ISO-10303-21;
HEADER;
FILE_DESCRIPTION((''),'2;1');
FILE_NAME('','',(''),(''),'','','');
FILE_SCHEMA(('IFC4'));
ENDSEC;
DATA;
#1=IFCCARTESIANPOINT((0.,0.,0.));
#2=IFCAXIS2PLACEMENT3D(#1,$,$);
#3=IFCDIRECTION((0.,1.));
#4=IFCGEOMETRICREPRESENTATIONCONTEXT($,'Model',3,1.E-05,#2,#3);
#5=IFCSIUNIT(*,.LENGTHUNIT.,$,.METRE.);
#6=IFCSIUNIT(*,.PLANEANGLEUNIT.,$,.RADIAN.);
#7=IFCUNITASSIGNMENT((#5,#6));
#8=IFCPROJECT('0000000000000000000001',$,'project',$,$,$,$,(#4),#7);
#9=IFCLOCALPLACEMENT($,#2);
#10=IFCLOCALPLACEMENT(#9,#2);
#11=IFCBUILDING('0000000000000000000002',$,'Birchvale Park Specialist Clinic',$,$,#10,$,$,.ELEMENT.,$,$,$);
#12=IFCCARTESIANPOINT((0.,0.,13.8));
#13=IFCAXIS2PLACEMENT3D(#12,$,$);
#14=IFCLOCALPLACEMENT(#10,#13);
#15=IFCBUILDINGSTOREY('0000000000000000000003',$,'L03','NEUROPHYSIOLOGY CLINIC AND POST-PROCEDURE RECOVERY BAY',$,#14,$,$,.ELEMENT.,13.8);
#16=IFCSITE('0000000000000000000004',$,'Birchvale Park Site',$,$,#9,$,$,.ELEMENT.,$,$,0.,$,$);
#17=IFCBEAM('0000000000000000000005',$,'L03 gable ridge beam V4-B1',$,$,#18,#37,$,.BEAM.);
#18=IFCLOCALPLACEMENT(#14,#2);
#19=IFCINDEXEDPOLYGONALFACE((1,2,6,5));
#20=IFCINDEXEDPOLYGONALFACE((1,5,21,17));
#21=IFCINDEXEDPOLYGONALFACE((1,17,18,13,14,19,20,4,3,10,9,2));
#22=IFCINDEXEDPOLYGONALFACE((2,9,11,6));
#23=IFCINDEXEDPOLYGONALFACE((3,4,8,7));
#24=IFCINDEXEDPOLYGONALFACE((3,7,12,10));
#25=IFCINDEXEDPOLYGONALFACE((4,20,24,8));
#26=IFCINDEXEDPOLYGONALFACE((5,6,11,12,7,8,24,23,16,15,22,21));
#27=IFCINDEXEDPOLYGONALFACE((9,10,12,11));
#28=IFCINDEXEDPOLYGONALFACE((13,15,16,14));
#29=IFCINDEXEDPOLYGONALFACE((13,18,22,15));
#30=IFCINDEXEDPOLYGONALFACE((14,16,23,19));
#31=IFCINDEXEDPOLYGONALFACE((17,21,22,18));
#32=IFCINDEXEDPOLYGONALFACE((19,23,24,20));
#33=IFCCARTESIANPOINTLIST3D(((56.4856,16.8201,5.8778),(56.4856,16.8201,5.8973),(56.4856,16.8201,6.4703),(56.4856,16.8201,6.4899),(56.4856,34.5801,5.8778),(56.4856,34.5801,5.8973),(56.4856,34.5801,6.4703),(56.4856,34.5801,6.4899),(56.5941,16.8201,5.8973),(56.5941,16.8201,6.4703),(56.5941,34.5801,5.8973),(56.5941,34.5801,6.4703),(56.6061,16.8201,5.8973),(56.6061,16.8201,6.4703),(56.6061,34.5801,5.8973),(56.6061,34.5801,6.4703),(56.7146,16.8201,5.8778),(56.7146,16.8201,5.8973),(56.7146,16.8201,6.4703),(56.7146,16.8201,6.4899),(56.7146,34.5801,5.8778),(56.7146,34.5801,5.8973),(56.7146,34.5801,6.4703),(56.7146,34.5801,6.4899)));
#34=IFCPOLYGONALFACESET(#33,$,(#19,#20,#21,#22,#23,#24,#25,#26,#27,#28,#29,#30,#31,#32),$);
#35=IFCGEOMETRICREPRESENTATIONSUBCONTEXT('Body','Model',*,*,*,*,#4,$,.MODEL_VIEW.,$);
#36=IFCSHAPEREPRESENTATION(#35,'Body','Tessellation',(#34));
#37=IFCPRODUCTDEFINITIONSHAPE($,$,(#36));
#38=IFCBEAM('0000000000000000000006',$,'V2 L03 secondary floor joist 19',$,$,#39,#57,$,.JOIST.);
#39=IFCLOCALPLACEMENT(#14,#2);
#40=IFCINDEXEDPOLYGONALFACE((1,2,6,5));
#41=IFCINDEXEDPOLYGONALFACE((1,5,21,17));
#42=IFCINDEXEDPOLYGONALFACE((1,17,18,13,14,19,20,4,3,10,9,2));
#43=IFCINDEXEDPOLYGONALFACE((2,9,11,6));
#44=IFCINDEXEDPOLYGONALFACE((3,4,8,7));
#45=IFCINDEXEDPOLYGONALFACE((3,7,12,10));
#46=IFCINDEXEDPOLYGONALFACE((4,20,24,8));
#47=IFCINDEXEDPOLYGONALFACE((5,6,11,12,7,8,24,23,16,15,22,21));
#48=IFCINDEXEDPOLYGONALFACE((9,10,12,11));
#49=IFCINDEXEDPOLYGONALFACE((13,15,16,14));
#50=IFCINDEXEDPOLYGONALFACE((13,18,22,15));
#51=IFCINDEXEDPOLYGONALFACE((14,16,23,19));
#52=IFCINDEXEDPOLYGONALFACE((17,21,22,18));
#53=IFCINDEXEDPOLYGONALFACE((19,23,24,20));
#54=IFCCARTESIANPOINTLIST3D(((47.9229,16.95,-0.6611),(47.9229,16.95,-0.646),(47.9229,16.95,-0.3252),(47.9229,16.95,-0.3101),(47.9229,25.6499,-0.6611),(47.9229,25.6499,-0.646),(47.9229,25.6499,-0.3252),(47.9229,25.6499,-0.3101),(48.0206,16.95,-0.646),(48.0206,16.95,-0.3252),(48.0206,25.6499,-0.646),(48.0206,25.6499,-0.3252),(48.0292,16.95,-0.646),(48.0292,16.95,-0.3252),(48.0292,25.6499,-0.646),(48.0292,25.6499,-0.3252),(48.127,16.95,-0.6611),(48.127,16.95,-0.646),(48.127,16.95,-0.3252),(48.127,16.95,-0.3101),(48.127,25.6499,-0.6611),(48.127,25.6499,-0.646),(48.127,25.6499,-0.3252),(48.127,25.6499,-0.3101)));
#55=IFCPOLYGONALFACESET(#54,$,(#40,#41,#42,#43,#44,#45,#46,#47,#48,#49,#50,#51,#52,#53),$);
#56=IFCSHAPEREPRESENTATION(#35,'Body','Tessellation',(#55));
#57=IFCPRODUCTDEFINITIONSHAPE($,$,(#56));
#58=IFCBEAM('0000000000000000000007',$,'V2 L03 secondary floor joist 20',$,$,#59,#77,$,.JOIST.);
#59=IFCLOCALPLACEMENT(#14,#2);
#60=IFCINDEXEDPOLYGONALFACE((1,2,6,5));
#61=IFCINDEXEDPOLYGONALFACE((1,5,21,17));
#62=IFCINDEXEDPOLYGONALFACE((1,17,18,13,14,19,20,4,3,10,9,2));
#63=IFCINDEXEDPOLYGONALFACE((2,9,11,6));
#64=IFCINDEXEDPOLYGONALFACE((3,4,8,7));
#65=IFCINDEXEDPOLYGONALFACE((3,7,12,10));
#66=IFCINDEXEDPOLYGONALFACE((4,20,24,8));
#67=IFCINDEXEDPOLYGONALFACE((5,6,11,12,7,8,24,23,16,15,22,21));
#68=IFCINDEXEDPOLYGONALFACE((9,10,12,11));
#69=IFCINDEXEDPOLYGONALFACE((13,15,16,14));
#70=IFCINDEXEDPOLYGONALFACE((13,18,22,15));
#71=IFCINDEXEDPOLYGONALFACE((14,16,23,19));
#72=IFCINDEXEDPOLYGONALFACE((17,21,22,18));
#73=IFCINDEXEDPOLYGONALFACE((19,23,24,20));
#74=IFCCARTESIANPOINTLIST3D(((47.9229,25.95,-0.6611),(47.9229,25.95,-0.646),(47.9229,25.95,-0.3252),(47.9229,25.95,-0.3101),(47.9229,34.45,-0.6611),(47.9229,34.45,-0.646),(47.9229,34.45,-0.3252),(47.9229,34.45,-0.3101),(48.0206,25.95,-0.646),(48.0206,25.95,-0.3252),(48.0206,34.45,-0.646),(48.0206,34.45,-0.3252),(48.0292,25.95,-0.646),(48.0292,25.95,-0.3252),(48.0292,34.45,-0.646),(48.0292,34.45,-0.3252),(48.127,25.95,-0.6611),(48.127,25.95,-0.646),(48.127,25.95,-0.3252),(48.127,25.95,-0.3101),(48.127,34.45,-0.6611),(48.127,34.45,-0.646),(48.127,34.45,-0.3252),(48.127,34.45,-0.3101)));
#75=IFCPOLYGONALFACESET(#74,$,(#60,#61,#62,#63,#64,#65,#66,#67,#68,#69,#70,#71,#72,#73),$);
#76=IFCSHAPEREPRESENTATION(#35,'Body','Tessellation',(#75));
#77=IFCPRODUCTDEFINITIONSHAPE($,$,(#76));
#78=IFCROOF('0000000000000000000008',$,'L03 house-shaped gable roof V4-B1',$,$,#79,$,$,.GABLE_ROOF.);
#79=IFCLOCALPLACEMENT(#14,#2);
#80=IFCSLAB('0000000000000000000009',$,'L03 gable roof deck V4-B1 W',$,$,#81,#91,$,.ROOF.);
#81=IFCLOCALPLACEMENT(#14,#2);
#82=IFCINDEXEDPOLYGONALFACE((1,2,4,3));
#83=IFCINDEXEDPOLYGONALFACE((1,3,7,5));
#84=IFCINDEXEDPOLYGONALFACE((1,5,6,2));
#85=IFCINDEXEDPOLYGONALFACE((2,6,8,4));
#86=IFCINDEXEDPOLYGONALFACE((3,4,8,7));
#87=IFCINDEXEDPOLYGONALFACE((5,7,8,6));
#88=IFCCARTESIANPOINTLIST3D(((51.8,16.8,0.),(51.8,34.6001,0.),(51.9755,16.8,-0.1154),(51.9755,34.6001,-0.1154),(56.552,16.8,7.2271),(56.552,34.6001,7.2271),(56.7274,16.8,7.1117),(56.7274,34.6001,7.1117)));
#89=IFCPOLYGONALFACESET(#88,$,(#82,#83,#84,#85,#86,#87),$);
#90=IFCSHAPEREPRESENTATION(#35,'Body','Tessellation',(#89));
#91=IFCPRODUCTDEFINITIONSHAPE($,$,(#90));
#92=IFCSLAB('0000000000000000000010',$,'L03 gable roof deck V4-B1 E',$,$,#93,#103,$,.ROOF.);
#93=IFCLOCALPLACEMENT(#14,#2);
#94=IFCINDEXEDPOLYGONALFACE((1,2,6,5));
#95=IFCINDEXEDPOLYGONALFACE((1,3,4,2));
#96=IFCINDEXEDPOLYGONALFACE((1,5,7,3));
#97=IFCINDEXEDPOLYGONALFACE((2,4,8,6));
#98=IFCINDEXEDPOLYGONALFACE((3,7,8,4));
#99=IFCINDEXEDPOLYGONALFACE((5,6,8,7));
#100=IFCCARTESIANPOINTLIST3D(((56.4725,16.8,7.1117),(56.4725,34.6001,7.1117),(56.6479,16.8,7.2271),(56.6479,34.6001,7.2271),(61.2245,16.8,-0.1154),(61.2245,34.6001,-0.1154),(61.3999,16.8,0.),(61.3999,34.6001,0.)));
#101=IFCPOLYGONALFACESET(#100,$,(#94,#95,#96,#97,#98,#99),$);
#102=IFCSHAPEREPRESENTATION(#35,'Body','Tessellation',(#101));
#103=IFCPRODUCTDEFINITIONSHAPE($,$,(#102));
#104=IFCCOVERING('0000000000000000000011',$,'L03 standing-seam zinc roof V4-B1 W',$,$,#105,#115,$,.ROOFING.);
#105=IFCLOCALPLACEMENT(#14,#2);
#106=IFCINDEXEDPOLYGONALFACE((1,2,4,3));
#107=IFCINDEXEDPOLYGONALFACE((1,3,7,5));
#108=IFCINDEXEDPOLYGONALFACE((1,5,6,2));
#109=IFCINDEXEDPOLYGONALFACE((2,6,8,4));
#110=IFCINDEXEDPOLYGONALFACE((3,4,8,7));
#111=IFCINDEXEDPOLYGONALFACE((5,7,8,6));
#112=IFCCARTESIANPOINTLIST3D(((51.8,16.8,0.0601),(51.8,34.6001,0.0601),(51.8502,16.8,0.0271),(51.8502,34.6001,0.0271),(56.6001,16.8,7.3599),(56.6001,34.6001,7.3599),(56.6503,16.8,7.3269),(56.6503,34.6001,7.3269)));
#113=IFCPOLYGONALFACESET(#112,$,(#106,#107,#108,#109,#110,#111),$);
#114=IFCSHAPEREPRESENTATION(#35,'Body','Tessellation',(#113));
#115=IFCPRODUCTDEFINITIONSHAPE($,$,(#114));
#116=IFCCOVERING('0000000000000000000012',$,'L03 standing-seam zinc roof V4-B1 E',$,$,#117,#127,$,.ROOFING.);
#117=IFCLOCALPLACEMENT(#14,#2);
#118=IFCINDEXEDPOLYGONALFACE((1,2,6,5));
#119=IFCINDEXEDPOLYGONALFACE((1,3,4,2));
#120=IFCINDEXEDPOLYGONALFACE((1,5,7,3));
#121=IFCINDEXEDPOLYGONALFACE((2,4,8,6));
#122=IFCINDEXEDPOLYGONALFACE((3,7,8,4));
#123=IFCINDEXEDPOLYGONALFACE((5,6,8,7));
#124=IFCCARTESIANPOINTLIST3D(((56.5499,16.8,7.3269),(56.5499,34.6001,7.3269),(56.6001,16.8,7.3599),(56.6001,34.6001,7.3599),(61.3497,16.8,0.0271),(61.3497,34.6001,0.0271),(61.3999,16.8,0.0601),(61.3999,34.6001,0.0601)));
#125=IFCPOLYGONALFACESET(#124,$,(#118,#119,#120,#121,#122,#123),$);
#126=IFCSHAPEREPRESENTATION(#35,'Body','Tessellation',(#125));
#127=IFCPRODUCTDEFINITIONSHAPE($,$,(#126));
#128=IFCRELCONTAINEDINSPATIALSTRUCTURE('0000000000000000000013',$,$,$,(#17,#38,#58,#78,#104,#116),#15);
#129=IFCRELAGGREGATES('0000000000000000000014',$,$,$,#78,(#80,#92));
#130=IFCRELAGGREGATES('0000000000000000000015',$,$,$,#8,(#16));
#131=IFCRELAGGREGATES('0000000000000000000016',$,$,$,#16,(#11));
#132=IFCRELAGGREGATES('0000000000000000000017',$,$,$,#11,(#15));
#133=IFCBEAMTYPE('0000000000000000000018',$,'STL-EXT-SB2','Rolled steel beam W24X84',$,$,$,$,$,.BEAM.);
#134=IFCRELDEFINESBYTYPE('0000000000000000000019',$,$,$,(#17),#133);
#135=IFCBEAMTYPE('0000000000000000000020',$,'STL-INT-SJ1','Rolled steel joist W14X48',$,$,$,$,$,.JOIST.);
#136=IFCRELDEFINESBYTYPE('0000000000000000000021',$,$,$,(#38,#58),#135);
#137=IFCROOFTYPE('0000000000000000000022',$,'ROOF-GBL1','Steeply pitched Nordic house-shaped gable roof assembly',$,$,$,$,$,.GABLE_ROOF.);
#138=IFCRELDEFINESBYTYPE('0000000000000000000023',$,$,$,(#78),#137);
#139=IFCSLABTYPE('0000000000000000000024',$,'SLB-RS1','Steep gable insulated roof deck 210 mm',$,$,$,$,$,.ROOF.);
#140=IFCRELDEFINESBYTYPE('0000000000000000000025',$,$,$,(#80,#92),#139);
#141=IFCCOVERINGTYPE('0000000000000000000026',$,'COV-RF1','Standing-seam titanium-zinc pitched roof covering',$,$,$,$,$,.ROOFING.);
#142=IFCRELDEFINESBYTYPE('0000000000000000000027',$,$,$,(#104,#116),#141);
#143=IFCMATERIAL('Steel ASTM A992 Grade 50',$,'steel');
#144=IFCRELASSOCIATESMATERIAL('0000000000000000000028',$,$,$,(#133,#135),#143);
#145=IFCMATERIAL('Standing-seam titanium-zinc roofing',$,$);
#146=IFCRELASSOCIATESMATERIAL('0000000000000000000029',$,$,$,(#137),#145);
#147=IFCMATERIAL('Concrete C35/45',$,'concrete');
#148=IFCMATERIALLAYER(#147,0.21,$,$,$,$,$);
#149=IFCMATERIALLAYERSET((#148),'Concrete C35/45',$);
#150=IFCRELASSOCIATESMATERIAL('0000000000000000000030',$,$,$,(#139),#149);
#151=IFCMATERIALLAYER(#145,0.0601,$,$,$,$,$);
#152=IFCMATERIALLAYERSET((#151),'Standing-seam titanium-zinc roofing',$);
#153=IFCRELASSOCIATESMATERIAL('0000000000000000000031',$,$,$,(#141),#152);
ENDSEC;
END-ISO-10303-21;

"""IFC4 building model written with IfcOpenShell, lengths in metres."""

from ifc_helpers import new_model, si_unit, direction, frame, origin, origin_2d, place, context, subcontext, project, spatial, polyline, i_section, outline, extrude, material, layer, layer_set, material_profile, profile_set, type_object, element, aggregate, save


model = new_model("IFC4")

# Units and contexts
model_context = context("Model", 3, precision=1e-05, world=origin(), true_north=direction((0.0, 1.0)))
body_context = subcontext(model_context, "Body", "Model", "MODEL_VIEW")
ifc_project = project(units=[si_unit("LENGTHUNIT", "METRE"), si_unit("PLANEANGLEUNIT", "RADIAN")], contexts=[model_context])

# Site, building, storey
site_placement = place(None, origin())
site = spatial("IfcSite", under=ifc_project, at=site_placement, Name="Birchvale Park Site", CompositionType="ELEMENT", RefElevation=0.0)
building_placement = place(site_placement, origin())
building = spatial("IfcBuilding", under=site, at=building_placement, Name="Birchvale Park Specialist Clinic", CompositionType="ELEMENT")
storey_placement = place(building_placement, frame((0.0, 0.0, 13.8)))
storey = spatial("IfcBuildingStorey", under=building, at=storey_placement, Name="L03", Description="NEUROPHYSIOLOGY CLINIC AND POST-PROCEDURE RECOVERY BAY", CompositionType="ELEMENT", Elevation=13.8)

# Beams
ifc_material_1 = material(Name="Steel ASTM A992 Grade 50", Category="steel")
ifc_material_profile_1 = material_profile(ifc_material_1, i_section(OverallWidth=0.229, OverallDepth=0.6121, WebThickness=0.012, FlangeThickness=0.0195, at=origin_2d()), Name="W24X84")
ifc_profile_set_1 = profile_set([ifc_material_profile_1], Name="Steel ASTM A992 Grade 50")
beam_type_1 = type_object("IfcBeamType", Name="STL-EXT-SB2", Description="Rolled steel beam W24X84", PredefinedType="BEAM", material=ifc_profile_set_1)
beam_1_placement = place(storey_placement, frame((56.6001, 16.8201, 6.1838), z_axis=(0.0, 1.0, 0.0), x_axis=(-1.0, 0.0, 0.0)))
element("IfcBeam", 1, at=beam_1_placement, inside=storey, type_object=beam_type_1, Name="L03 gable ridge beam V4-B1", PredefinedType="BEAM", context=body_context, shape_type="SweptSolid", body=[
    extrude(i_section(OverallWidth=0.229, OverallDepth=0.6121, WebThickness=0.012, FlangeThickness=0.0195, at=origin_2d()), origin(), (0.0, 0.0, 1.0), 17.76),
])
ifc_material_profile_2 = material_profile(ifc_material_1, i_section(OverallWidth=0.2041, OverallDepth=0.3511, WebThickness=0.0085, FlangeThickness=0.0151, at=origin_2d()), Name="W14X48")
ifc_profile_set_2 = profile_set([ifc_material_profile_2], Name="Steel ASTM A992 Grade 50")
beam_type_2 = type_object("IfcBeamType", Name="STL-INT-SJ1", Description="Rolled steel joist W14X48", PredefinedType="JOIST", material=ifc_profile_set_2)
beam_2_placement = place(storey_placement, frame((48.0249, 16.95, -0.4856), z_axis=(0.0, 1.0, 0.0), x_axis=(-1.0, 0.0, 0.0)))
element("IfcBeam", 2, at=beam_2_placement, inside=storey, type_object=beam_type_2, Name="V2 L03 secondary floor joist 19", PredefinedType="JOIST", context=body_context, shape_type="SweptSolid", body=[
    extrude(i_section(OverallWidth=0.2041, OverallDepth=0.3511, WebThickness=0.0085, FlangeThickness=0.0151, at=origin_2d()), origin(), (0.0, 0.0, 1.0), 8.7),
])
beam_3_placement = place(storey_placement, frame((48.0249, 25.95, -0.4856), z_axis=(0.0, 1.0, 0.0), x_axis=(-1.0, 0.0, 0.0)))
element("IfcBeam", 3, at=beam_3_placement, inside=storey, type_object=beam_type_2, Name="V2 L03 secondary floor joist 20", PredefinedType="JOIST", context=body_context, shape_type="SweptSolid", body=[
    extrude(i_section(OverallWidth=0.2041, OverallDepth=0.3511, WebThickness=0.0085, FlangeThickness=0.0151, at=origin_2d()), origin(), (0.0, 0.0, 1.0), 8.5),
])

# Roof, slabs
ifc_material_2 = material(Name="Standing-seam titanium-zinc roofing")
roof_type = type_object("IfcRoofType", Name="ROOF-GBL1", Description="Steeply pitched Nordic house-shaped gable roof assembly", PredefinedType="GABLE_ROOF", material=ifc_material_2)
roof_placement = place(storey_placement, origin())
roof = element("IfcRoof", 4, at=roof_placement, inside=storey, type_object=roof_type, Name="L03 house-shaped gable roof V4-B1", PredefinedType="GABLE_ROOF")
ifc_material_3 = material(Name="Concrete C35/45", Category="concrete")
ifc_layer_1 = layer(ifc_material_3, 0.21)
ifc_layer_set_1 = layer_set([ifc_layer_1], Name="Concrete C35/45")
slab_type = type_object("IfcSlabType", Name="SLB-RS1", Description="Steep gable insulated roof deck 210 mm", PredefinedType="ROOF", material=ifc_layer_set_1)
slab_1_placement = place(storey_placement, frame((51.8, 16.8, 0.0), z_axis=(-0.83556, 0.0, 0.5494), x_axis=(0.5494, 0.0, 0.83556)))
slab_1 = element("IfcSlab", 5, at=slab_1_placement, type_object=slab_type, Name="L03 gable roof deck V4-B1 W", PredefinedType="ROOF", context=body_context, shape_type="SweptSolid", body=[
    extrude(outline(polyline([(0.0, 0.0), (8.6494, 0.0), (8.6494, 17.8), (0.0, 17.8), (0.0, 0.0)])), origin(), (0.0, 0.0, -1.0), 0.21),
])
slab_2_placement = place(storey_placement, frame((56.6479, 16.8, 7.2271), z_axis=(0.83556, 0.0, 0.5494), x_axis=(0.5494, 0.0, -0.83556)))
slab_2 = element("IfcSlab", 6, at=slab_2_placement, type_object=slab_type, Name="L03 gable roof deck V4-B1 E", PredefinedType="ROOF", context=body_context, shape_type="SweptSolid", body=[
    extrude(outline(polyline([(0.0, 0.0), (8.6494, 0.0), (8.6494, 17.8), (0.0, 17.8), (0.0, 0.0)])), origin(), (0.0, 0.0, -1.0), 0.21),
])
aggregate(roof, [slab_1, slab_2])

# Coverings
ifc_layer_2 = layer(ifc_material_2, 0.0601)
ifc_layer_set_2 = layer_set([ifc_layer_2], Name="Standing-seam titanium-zinc roofing")
covering_type = type_object("IfcCoveringType", Name="COV-RF1", Description="Standing-seam titanium-zinc pitched roof covering", PredefinedType="ROOFING", material=ifc_layer_set_2)
covering_1_placement = place(storey_placement, frame((51.8, 16.8, 0.0601), z_axis=(-0.835546, 0.0, 0.54942), x_axis=(0.54942, 0.0, 0.835546)))
element("IfcCovering", 7, at=covering_1_placement, inside=storey, type_object=covering_type, Name="L03 standing-seam zinc roof V4-B1 W", PredefinedType="ROOFING", context=body_context, shape_type="SweptSolid", body=[
    extrude(outline(polyline([(0.0, 0.0), (8.7366, 0.0), (8.7366, 17.8), (0.0, 17.8), (0.0, 0.0)])), origin(), (0.0, 0.0, -1.0), 0.0601),
])
covering_2_placement = place(storey_placement, frame((56.6001, 16.8, 7.3599), z_axis=(0.835559, 0.0, 0.549401), x_axis=(0.549401, 0.0, -0.835559)))
element("IfcCovering", 8, at=covering_2_placement, inside=storey, type_object=covering_type, Name="L03 standing-seam zinc roof V4-B1 E", PredefinedType="ROOFING", context=body_context, shape_type="SweptSolid", body=[
    extrude(outline(polyline([(0.0, 0.0), (8.7364, 0.0), (8.7364, 17.8), (0.0, 17.8), (0.0, 0.0)])), origin(), (0.0, 0.0, -1.0), 0.0601),
])

save(model, "model.ifc")
